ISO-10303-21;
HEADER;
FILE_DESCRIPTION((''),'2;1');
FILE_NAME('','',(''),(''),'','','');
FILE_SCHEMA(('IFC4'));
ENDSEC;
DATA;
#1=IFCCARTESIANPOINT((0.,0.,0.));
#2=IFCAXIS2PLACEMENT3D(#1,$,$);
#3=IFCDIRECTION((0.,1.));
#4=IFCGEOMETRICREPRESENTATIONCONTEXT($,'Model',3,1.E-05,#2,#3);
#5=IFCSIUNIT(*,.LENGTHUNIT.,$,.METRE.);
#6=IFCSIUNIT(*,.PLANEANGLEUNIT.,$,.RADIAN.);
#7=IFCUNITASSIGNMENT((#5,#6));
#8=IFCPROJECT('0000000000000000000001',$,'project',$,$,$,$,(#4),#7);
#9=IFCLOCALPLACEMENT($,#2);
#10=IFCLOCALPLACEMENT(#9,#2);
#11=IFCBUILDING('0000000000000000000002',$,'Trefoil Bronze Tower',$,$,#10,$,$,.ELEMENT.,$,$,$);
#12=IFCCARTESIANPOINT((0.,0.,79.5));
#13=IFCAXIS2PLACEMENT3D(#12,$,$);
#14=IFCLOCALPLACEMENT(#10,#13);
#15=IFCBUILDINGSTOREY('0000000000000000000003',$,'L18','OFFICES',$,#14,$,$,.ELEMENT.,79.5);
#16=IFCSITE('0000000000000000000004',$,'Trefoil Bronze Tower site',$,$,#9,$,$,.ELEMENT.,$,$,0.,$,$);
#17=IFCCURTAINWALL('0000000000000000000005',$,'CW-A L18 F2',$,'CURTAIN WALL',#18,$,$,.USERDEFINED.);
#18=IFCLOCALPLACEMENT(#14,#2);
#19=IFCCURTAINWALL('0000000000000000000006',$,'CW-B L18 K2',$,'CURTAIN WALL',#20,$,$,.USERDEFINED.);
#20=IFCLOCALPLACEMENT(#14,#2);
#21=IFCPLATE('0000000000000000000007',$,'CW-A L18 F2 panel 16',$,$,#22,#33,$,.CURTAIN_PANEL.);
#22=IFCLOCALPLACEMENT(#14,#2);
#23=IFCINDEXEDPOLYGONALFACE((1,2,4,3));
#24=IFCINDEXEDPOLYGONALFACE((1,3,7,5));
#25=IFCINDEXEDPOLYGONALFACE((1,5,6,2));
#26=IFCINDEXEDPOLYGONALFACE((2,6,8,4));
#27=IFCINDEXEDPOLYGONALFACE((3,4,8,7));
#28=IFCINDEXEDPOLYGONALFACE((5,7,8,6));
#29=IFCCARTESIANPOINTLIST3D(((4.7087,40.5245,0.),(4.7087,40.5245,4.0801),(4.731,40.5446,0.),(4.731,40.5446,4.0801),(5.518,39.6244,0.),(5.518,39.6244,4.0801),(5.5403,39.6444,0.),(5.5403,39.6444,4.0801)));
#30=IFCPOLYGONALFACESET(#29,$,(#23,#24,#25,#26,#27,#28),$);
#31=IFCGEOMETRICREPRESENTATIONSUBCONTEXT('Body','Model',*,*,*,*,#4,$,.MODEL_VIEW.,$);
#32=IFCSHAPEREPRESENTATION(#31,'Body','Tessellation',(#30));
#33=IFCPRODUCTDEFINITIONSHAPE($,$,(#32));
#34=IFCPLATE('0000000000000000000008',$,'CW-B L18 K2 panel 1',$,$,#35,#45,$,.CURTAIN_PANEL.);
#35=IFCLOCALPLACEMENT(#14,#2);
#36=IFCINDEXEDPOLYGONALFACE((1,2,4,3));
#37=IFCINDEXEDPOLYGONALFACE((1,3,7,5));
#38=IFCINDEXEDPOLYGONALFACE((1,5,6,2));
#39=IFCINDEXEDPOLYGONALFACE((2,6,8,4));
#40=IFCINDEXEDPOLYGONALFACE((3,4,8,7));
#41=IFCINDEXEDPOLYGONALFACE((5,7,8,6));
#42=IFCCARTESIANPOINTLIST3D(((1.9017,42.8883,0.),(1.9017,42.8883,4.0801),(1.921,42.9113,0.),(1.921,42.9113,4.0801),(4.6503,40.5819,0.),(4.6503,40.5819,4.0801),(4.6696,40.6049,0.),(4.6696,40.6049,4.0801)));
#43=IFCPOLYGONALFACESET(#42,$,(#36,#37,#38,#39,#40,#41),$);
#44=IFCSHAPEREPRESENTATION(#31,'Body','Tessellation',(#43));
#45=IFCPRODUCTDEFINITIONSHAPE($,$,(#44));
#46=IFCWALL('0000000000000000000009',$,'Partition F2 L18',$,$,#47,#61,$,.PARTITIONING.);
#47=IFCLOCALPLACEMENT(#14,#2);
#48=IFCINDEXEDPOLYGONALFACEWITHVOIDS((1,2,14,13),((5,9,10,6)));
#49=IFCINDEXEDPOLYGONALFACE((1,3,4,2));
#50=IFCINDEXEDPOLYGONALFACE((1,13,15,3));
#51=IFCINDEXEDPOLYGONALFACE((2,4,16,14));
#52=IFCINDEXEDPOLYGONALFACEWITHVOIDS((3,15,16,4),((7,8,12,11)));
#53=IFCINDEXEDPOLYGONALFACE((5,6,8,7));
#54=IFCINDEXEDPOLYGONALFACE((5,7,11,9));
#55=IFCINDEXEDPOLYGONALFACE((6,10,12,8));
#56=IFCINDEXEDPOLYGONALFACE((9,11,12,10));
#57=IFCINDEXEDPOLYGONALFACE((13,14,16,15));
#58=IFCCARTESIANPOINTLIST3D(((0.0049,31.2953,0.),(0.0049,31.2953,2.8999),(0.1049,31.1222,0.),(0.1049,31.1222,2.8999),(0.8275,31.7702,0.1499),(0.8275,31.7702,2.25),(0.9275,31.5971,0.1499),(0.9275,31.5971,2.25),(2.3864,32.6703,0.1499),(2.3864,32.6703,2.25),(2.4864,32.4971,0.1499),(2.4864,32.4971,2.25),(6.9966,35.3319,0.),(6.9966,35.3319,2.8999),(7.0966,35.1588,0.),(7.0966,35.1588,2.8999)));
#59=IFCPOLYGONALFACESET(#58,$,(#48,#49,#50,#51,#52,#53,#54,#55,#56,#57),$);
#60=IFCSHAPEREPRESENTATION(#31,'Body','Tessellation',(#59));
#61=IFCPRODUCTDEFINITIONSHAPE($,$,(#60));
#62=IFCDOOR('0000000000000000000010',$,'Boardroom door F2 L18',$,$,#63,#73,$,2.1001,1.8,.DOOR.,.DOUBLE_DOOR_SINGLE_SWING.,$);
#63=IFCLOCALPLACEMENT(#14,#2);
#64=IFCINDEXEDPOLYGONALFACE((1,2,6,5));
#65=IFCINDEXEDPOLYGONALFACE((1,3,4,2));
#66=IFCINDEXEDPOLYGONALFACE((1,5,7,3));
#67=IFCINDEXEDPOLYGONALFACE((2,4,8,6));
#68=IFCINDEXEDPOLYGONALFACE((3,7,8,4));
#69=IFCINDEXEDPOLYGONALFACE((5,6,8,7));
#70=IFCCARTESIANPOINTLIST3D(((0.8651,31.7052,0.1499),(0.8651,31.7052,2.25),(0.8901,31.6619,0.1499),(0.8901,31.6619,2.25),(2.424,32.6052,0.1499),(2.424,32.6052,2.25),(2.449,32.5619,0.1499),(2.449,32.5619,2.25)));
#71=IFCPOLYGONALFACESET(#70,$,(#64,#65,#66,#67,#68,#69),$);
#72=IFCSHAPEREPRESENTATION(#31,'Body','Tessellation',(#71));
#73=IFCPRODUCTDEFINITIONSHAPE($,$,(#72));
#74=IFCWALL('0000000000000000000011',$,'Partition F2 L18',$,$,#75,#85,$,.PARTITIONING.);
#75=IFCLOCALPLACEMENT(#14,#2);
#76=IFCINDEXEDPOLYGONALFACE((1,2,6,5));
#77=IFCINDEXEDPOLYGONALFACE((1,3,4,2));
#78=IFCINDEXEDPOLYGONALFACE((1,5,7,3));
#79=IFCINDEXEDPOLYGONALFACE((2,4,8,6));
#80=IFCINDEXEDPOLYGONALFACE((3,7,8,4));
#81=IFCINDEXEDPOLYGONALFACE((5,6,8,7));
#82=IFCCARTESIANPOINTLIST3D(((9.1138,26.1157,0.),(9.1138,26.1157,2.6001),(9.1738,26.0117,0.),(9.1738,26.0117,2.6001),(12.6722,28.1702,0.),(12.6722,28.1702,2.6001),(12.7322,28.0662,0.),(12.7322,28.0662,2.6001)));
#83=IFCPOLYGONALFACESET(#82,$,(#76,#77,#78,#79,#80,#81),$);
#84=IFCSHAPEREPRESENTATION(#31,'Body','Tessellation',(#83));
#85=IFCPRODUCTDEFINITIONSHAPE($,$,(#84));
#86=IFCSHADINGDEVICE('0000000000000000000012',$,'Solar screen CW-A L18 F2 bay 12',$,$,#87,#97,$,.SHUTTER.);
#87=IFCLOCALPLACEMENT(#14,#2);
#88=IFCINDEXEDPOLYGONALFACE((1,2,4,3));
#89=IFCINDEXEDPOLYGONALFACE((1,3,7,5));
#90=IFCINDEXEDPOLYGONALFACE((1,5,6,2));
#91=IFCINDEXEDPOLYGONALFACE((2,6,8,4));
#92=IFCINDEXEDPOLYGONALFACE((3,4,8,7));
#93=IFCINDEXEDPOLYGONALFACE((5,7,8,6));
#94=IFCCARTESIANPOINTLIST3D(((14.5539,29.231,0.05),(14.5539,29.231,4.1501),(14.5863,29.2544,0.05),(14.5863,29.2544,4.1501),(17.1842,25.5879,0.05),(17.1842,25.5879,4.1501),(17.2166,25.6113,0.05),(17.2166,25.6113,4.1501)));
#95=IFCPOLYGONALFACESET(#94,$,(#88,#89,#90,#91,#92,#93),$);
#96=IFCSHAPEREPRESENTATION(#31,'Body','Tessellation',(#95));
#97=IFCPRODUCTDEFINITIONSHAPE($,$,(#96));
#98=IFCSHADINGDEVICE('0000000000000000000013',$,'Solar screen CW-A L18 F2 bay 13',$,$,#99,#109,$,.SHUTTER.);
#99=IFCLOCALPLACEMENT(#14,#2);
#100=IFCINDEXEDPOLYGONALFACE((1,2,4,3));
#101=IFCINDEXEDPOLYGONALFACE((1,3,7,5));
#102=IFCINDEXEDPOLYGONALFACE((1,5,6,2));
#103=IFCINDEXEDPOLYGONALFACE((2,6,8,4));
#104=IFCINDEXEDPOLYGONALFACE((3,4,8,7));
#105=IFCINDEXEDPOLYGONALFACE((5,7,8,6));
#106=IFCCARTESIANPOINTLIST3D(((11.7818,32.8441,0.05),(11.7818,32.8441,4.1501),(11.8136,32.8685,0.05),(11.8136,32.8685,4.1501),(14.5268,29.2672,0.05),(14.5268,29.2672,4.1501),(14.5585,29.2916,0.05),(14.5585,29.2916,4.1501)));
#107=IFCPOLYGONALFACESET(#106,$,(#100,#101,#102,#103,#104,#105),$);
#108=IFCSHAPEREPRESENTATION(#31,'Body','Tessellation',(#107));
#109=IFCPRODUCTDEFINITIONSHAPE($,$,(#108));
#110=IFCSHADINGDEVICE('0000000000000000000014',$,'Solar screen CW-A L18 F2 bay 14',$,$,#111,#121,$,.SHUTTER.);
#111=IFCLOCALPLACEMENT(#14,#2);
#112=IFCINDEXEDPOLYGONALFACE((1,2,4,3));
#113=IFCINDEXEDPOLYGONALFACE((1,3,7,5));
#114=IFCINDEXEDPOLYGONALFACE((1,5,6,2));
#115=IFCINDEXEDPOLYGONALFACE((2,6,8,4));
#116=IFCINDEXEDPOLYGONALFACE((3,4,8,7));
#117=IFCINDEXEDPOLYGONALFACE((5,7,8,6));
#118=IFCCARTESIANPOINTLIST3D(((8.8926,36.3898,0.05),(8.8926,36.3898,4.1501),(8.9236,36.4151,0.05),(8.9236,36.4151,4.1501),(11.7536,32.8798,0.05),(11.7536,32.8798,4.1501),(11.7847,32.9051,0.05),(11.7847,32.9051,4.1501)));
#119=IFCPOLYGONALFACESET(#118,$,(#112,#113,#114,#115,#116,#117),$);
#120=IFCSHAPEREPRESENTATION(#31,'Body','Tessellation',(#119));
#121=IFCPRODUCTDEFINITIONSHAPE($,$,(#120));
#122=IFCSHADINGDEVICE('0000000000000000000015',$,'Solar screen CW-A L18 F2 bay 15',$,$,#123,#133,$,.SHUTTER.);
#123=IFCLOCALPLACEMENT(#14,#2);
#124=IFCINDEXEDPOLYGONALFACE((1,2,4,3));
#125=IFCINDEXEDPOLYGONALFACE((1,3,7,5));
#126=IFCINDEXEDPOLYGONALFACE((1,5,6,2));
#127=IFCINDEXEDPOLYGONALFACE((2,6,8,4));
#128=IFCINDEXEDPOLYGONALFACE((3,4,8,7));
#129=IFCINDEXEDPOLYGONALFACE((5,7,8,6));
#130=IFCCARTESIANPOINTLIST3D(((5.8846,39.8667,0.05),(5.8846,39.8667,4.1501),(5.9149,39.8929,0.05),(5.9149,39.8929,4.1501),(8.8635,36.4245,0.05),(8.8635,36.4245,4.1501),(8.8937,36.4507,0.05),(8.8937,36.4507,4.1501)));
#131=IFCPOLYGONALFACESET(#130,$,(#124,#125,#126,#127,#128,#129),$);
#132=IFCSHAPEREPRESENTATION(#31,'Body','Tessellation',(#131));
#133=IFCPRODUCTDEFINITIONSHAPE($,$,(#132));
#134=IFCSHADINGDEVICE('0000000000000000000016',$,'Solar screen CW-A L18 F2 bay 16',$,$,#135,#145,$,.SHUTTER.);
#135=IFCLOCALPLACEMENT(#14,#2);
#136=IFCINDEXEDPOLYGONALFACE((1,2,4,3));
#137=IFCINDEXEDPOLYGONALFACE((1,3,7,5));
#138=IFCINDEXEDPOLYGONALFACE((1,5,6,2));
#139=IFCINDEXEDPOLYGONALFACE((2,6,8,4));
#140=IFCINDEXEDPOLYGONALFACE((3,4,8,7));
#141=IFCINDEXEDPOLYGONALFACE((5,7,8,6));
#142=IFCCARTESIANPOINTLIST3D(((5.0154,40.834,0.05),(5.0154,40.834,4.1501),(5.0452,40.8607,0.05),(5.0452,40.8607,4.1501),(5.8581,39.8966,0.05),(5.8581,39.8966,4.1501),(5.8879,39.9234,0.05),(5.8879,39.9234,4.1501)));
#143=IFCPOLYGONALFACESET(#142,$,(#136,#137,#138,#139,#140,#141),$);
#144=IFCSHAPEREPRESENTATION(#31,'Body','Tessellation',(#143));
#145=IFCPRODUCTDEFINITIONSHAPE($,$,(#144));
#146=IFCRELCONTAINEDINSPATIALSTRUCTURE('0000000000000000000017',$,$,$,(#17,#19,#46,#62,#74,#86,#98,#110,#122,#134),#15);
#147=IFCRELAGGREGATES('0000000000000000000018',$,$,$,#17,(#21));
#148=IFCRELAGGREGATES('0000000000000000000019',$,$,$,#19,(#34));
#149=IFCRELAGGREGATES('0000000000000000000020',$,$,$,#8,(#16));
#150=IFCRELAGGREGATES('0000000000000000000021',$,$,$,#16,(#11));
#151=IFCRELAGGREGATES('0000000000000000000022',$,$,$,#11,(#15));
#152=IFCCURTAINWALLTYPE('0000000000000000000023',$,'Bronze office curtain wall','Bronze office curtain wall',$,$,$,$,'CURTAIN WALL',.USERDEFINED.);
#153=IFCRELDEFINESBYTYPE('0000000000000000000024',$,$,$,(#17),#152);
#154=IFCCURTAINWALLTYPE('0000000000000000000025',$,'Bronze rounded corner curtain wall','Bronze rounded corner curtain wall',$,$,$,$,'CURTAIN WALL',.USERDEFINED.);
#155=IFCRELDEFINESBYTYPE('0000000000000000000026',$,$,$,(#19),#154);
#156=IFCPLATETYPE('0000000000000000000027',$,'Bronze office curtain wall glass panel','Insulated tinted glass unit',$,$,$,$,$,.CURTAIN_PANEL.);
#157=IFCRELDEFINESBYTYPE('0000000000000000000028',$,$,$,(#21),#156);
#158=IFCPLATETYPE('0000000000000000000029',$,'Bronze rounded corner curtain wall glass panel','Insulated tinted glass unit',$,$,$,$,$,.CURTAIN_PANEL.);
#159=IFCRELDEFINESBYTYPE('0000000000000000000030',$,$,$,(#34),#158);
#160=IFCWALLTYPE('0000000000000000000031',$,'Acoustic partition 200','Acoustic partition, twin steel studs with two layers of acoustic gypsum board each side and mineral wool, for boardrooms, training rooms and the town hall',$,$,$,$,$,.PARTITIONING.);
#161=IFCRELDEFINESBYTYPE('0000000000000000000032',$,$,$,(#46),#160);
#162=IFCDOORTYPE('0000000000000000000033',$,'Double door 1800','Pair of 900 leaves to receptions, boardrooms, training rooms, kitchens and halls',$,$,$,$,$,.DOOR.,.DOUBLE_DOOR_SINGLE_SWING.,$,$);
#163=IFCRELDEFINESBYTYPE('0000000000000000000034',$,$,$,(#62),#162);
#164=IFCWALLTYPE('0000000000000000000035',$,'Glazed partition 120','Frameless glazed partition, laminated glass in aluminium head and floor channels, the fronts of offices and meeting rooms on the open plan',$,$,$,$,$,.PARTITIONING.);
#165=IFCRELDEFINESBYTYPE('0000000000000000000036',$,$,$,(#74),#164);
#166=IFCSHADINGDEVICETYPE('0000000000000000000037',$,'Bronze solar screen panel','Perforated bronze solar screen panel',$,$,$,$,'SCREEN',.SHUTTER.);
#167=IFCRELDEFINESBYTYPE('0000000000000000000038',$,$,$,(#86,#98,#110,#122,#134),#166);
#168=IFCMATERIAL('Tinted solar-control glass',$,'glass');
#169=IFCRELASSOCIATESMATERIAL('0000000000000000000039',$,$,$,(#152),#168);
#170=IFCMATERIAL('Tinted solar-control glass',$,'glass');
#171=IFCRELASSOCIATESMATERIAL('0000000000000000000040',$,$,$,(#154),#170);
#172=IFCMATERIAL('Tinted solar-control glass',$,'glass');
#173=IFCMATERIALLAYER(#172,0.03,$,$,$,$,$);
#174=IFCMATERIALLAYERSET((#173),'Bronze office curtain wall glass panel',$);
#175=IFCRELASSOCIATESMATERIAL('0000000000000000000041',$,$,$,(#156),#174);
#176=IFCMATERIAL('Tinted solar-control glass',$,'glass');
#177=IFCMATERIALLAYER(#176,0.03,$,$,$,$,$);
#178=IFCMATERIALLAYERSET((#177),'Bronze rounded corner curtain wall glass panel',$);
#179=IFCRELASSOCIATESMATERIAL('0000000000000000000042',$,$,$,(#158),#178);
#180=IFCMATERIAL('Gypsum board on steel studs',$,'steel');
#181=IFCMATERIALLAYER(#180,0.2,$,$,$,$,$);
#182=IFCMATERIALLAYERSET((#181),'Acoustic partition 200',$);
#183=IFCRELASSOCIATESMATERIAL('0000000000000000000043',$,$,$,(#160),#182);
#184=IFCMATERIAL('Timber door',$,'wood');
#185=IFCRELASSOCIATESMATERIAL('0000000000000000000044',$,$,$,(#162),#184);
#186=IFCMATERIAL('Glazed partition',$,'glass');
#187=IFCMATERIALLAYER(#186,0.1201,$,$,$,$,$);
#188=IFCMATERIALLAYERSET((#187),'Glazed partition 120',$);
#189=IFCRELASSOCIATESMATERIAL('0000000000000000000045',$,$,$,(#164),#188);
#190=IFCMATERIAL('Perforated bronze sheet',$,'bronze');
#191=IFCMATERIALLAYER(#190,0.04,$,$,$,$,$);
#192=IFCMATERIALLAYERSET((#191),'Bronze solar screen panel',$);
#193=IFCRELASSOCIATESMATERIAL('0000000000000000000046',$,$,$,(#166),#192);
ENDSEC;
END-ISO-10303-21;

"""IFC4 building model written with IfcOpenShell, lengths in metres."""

from ifc_helpers import new_model, si_unit, direction, frame, frame_2d, origin, origin_2d, place, context, subcontext, project, spatial, rectangle, extrude, material, layer, layer_set, type_object, element, fill, aggregate, save


model = new_model("IFC4")

# Units and contexts
model_context = context("Model", 3, precision=1e-05, world=origin(), true_north=direction((0.0, 1.0)))
body_context = subcontext(model_context, "Body", "Model", "MODEL_VIEW")
ifc_project = project(units=[si_unit("LENGTHUNIT", "METRE"), si_unit("PLANEANGLEUNIT", "RADIAN")], contexts=[model_context])

# Site, building, storey
site_placement = place(None, origin())
site = spatial("IfcSite", under=ifc_project, at=site_placement, Name="Trefoil Bronze Tower site", CompositionType="ELEMENT", RefElevation=0.0)
building_placement = place(site_placement, origin())
building = spatial("IfcBuilding", under=site, at=building_placement, Name="Trefoil Bronze Tower", CompositionType="ELEMENT")
storey_placement = place(building_placement, frame((0.0, 0.0, 79.5)))
storey = spatial("IfcBuildingStorey", under=building, at=storey_placement, Name="L18", Description="OFFICES", CompositionType="ELEMENT", Elevation=79.5)

# Curtain walls
ifc_material_1 = material(Name="Tinted solar-control glass", Category="glass")
curtain_wall_type_1 = type_object("IfcCurtainWallType", Name="Bronze office curtain wall", Description="Bronze office curtain wall", ElementType="CURTAIN WALL", PredefinedType="USERDEFINED", material=ifc_material_1)
curtain_wall_1_placement = place(storey_placement, origin())
curtain_wall_1 = element("IfcCurtainWall", 1, at=curtain_wall_1_placement, inside=storey, type_object=curtain_wall_type_1, Name="CW-A L18 F2", ObjectType="CURTAIN WALL", PredefinedType="USERDEFINED")
ifc_material_2 = material(Name="Tinted solar-control glass", Category="glass")
curtain_wall_type_2 = type_object("IfcCurtainWallType", Name="Bronze rounded corner curtain wall", Description="Bronze rounded corner curtain wall", ElementType="CURTAIN WALL", PredefinedType="USERDEFINED", material=ifc_material_2)
curtain_wall_2_placement = place(storey_placement, origin())
curtain_wall_2 = element("IfcCurtainWall", 2, at=curtain_wall_2_placement, inside=storey, type_object=curtain_wall_type_2, Name="CW-B L18 K2", ObjectType="CURTAIN WALL", PredefinedType="USERDEFINED")

# Plates
ifc_material_3 = material(Name="Tinted solar-control glass", Category="glass")
ifc_layer_1 = layer(ifc_material_3, 0.03)
ifc_layer_set_1 = layer_set([ifc_layer_1], Name="Bronze office curtain wall glass panel")
plate_type_1 = type_object("IfcPlateType", Name="Bronze office curtain wall glass panel", Description="Insulated tinted glass unit", PredefinedType="CURTAIN_PANEL", material=ifc_layer_set_1)
plate_1_placement = place(storey_placement, frame((5.1245, 40.0845, 0.0), z_axis=(0.0, 0.0, 1.0), x_axis=(-0.668575, 0.743645, 0.0)))
plate_1 = element("IfcPlate", 3, at=plate_1_placement, type_object=plate_type_1, Name="CW-A L18 F2 panel 16", PredefinedType="CURTAIN_PANEL", context=body_context, shape_type="SweptSolid", body=[
    extrude(rectangle(XDim=1.2104, YDim=0.03, at=origin_2d()), origin(), (0.0, 0.0, 1.0), 4.0801),
])
aggregate(curtain_wall_1, [plate_1])
ifc_material_4 = material(Name="Tinted solar-control glass", Category="glass")
ifc_layer_2 = layer(ifc_material_4, 0.03)
ifc_layer_set_2 = layer_set([ifc_layer_2], Name="Bronze rounded corner curtain wall glass panel")
plate_type_2 = type_object("IfcPlateType", Name="Bronze rounded corner curtain wall glass panel", Description="Insulated tinted glass unit", PredefinedType="CURTAIN_PANEL", material=ifc_layer_set_2)
plate_2_placement = place(storey_placement, frame((3.2856, 41.7466, 0.0), z_axis=(0.0, 0.0, 1.0), x_axis=(-0.766044, 0.642788, 0.0)))
plate_2 = element("IfcPlate", 4, at=plate_2_placement, type_object=plate_type_2, Name="CW-B L18 K2 panel 1", PredefinedType="CURTAIN_PANEL", context=body_context, shape_type="SweptSolid", body=[
    extrude(rectangle(XDim=3.5881, YDim=0.03, at=origin_2d()), origin(), (0.0, 0.0, 1.0), 4.0801),
])
aggregate(curtain_wall_2, [plate_2])

# Wall, opening, door
ifc_material_5 = material(Name="Gypsum board on steel studs", Category="steel")
ifc_layer_3 = layer(ifc_material_5, 0.2)
ifc_layer_set_3 = layer_set([ifc_layer_3], Name="Acoustic partition 200")
wall_type_1 = type_object("IfcWallType", Name="Acoustic partition 200", Description="Acoustic partition, twin steel studs with two layers of acoustic gypsum board each side and mineral wool, for boardrooms, training rooms and the town hall", PredefinedType="PARTITIONING", material=ifc_layer_set_3)
wall_1_placement = place(storey_placement, frame((0.0549, 31.2087, 0.0), z_axis=(0.0, 0.0, 1.0), x_axis=(0.866027, 0.499996, 0.0)))
wall_1 = element("IfcWall", 5, at=wall_1_placement, inside=storey, type_object=wall_type_1, Name="Partition F2 L18", PredefinedType="PARTITIONING", context=body_context, shape_type="SweptSolid", body=[
    extrude(rectangle(XDim=8.0732, YDim=0.2, at=frame_2d((4.0366, 0.0))), origin(), (0.0, 0.0, 1.0), 2.8999),
])
opening_placement = place(wall_1_placement, frame((0.95, 0.0, 0.1499)))
opening = element("IfcOpeningElement", 6, at=opening_placement, cuts=wall_1, PredefinedType="OPENING", context=body_context, shape_type="SweptSolid", body=[
    extrude(rectangle(XDim=1.8, YDim=2.1001, at=frame_2d((0.8999, 1.05))), frame((0.0, 0.1099, 0.0), z_axis=(0.0, -1.0, 0.0), x_axis=(1.0, 0.0, 0.0)), (0.0, 0.0, 1.0), 0.22),
])
ifc_material_6 = material(Name="Timber door", Category="wood")
door_type = type_object("IfcDoorType", Name="Double door 1800", Description="Pair of 900 leaves to receptions, boardrooms, training rooms, kitchens and halls", OperationType="DOUBLE_DOOR_SINGLE_SWING", PredefinedType="DOOR", material=ifc_material_6)
door_placement = place(opening_placement, origin())
door = element("IfcDoor", 7, at=door_placement, inside=storey, type_object=door_type, Name="Boardroom door F2 L18", OperationType="DOUBLE_DOOR_SINGLE_SWING", OverallHeight=2.1001, OverallWidth=1.8, PredefinedType="DOOR", context=body_context, shape_type="SweptSolid", body=[
    extrude(rectangle(XDim=1.8, YDim=2.1001, at=frame_2d((0.8999, 1.05))), frame((0.0, 0.0249, 0.0), z_axis=(0.0, -1.0, 0.0), x_axis=(1.0, 0.0, 0.0)), (0.0, 0.0, 1.0), 0.05),
])
fill(opening, door)

# Wall
ifc_material_7 = material(Name="Glazed partition", Category="glass")
ifc_layer_4 = layer(ifc_material_7, 0.1201)
ifc_layer_set_4 = layer_set([ifc_layer_4], Name="Glazed partition 120")
wall_type_2 = type_object("IfcWallType", Name="Glazed partition 120", Description="Frameless glazed partition, laminated glass in aluminium head and floor channels, the fronts of offices and meeting rooms on the open plan", PredefinedType="PARTITIONING", material=ifc_layer_set_4)
wall_2_placement = place(storey_placement, frame((9.1438, 26.0637, 0.0), z_axis=(0.0, 0.0, 1.0), x_axis=(0.866022, 0.500005, 0.0)))
element("IfcWall", 8, at=wall_2_placement, inside=storey, type_object=wall_type_2, Name="Partition F2 L18", PredefinedType="PARTITIONING", context=body_context, shape_type="SweptSolid", body=[
    extrude(rectangle(XDim=4.1089, YDim=0.1201, at=frame_2d((2.0544, 0.0))), origin(), (0.0, 0.0, 1.0), 2.6001),
])

# Shading devices
ifc_material_8 = material(Name="Perforated bronze sheet", Category="bronze")
ifc_layer_5 = layer(ifc_material_8, 0.04)
ifc_layer_set_5 = layer_set([ifc_layer_5], Name="Bronze solar screen panel")
shading_device_type = type_object("IfcShadingDeviceType", Name="Bronze solar screen panel", Description="Perforated bronze solar screen panel", ElementType="SCREEN", PredefinedType="SHUTTER", material=ifc_layer_set_5)
shading_device_1_placement = place(storey_placement, frame((15.8853, 27.4211, 0.05), z_axis=(0.0, 0.0, 1.0), x_axis=(-0.585373, 0.810764, 0.0)))
element("IfcShadingDevice", 9, at=shading_device_1_placement, inside=storey, type_object=shading_device_type, Name="Solar screen CW-A L18 F2 bay 12", PredefinedType="SHUTTER", context=body_context, shape_type="SweptSolid", body=[
    extrude(rectangle(XDim=4.4934, YDim=0.04, at=origin_2d()), origin(), (0.0, 0.0, 1.0), 4.1001),
])
shading_device_2_placement = place(storey_placement, frame((13.1702, 31.0679, 0.05), z_axis=(0.0, 0.0, 1.0), x_axis=(-0.608808, 0.793318, 0.0)))
element("IfcShadingDevice", 10, at=shading_device_2_placement, inside=storey, type_object=shading_device_type, Name="Solar screen CW-A L18 F2 bay 13", PredefinedType="SHUTTER", context=body_context, shape_type="SweptSolid", body=[
    extrude(rectangle(XDim=4.5088, YDim=0.04, at=origin_2d()), origin(), (0.0, 0.0, 1.0), 4.1001),
])
shading_device_3_placement = place(storey_placement, frame((10.3386, 34.6475, 0.05), z_axis=(0.0, 0.0, 1.0), x_axis=(-0.631811, 0.775123, 0.0)))
element("IfcShadingDevice", 11, at=shading_device_3_placement, inside=storey, type_object=shading_device_type, Name="Solar screen CW-A L18 F2 bay 14", PredefinedType="SHUTTER", context=body_context, shape_type="SweptSolid", body=[
    extrude(rectangle(XDim=4.5283, YDim=0.04, at=origin_2d()), origin(), (0.0, 0.0, 1.0), 4.1001),
])
shading_device_4_placement = place(storey_placement, frame((7.3892, 38.1587, 0.05), z_axis=(0.0, 0.0, 1.0), x_axis=(-0.654376, 0.756169, 0.0)))
element("IfcShadingDevice", 12, at=shading_device_4_placement, inside=storey, type_object=shading_device_type, Name="Solar screen CW-A L18 F2 bay 15", PredefinedType="SHUTTER", context=body_context, shape_type="SweptSolid", body=[
    extrude(rectangle(XDim=4.5522, YDim=0.04, at=origin_2d()), origin(), (0.0, 0.0, 1.0), 4.1001),
])
shading_device_5_placement = place(storey_placement, frame((5.4517, 40.3787, 0.05), z_axis=(0.0, 0.0, 1.0), x_axis=(-0.668575, 0.743645, 0.0)))
element("IfcShadingDevice", 13, at=shading_device_5_placement, inside=storey, type_object=shading_device_type, Name="Solar screen CW-A L18 F2 bay 16", PredefinedType="SHUTTER", context=body_context, shape_type="SweptSolid", body=[
    extrude(rectangle(XDim=1.2605, YDim=0.04, at=origin_2d()), origin(), (0.0, 0.0, 1.0), 4.1001),
])

save(model, "model.ifc")
